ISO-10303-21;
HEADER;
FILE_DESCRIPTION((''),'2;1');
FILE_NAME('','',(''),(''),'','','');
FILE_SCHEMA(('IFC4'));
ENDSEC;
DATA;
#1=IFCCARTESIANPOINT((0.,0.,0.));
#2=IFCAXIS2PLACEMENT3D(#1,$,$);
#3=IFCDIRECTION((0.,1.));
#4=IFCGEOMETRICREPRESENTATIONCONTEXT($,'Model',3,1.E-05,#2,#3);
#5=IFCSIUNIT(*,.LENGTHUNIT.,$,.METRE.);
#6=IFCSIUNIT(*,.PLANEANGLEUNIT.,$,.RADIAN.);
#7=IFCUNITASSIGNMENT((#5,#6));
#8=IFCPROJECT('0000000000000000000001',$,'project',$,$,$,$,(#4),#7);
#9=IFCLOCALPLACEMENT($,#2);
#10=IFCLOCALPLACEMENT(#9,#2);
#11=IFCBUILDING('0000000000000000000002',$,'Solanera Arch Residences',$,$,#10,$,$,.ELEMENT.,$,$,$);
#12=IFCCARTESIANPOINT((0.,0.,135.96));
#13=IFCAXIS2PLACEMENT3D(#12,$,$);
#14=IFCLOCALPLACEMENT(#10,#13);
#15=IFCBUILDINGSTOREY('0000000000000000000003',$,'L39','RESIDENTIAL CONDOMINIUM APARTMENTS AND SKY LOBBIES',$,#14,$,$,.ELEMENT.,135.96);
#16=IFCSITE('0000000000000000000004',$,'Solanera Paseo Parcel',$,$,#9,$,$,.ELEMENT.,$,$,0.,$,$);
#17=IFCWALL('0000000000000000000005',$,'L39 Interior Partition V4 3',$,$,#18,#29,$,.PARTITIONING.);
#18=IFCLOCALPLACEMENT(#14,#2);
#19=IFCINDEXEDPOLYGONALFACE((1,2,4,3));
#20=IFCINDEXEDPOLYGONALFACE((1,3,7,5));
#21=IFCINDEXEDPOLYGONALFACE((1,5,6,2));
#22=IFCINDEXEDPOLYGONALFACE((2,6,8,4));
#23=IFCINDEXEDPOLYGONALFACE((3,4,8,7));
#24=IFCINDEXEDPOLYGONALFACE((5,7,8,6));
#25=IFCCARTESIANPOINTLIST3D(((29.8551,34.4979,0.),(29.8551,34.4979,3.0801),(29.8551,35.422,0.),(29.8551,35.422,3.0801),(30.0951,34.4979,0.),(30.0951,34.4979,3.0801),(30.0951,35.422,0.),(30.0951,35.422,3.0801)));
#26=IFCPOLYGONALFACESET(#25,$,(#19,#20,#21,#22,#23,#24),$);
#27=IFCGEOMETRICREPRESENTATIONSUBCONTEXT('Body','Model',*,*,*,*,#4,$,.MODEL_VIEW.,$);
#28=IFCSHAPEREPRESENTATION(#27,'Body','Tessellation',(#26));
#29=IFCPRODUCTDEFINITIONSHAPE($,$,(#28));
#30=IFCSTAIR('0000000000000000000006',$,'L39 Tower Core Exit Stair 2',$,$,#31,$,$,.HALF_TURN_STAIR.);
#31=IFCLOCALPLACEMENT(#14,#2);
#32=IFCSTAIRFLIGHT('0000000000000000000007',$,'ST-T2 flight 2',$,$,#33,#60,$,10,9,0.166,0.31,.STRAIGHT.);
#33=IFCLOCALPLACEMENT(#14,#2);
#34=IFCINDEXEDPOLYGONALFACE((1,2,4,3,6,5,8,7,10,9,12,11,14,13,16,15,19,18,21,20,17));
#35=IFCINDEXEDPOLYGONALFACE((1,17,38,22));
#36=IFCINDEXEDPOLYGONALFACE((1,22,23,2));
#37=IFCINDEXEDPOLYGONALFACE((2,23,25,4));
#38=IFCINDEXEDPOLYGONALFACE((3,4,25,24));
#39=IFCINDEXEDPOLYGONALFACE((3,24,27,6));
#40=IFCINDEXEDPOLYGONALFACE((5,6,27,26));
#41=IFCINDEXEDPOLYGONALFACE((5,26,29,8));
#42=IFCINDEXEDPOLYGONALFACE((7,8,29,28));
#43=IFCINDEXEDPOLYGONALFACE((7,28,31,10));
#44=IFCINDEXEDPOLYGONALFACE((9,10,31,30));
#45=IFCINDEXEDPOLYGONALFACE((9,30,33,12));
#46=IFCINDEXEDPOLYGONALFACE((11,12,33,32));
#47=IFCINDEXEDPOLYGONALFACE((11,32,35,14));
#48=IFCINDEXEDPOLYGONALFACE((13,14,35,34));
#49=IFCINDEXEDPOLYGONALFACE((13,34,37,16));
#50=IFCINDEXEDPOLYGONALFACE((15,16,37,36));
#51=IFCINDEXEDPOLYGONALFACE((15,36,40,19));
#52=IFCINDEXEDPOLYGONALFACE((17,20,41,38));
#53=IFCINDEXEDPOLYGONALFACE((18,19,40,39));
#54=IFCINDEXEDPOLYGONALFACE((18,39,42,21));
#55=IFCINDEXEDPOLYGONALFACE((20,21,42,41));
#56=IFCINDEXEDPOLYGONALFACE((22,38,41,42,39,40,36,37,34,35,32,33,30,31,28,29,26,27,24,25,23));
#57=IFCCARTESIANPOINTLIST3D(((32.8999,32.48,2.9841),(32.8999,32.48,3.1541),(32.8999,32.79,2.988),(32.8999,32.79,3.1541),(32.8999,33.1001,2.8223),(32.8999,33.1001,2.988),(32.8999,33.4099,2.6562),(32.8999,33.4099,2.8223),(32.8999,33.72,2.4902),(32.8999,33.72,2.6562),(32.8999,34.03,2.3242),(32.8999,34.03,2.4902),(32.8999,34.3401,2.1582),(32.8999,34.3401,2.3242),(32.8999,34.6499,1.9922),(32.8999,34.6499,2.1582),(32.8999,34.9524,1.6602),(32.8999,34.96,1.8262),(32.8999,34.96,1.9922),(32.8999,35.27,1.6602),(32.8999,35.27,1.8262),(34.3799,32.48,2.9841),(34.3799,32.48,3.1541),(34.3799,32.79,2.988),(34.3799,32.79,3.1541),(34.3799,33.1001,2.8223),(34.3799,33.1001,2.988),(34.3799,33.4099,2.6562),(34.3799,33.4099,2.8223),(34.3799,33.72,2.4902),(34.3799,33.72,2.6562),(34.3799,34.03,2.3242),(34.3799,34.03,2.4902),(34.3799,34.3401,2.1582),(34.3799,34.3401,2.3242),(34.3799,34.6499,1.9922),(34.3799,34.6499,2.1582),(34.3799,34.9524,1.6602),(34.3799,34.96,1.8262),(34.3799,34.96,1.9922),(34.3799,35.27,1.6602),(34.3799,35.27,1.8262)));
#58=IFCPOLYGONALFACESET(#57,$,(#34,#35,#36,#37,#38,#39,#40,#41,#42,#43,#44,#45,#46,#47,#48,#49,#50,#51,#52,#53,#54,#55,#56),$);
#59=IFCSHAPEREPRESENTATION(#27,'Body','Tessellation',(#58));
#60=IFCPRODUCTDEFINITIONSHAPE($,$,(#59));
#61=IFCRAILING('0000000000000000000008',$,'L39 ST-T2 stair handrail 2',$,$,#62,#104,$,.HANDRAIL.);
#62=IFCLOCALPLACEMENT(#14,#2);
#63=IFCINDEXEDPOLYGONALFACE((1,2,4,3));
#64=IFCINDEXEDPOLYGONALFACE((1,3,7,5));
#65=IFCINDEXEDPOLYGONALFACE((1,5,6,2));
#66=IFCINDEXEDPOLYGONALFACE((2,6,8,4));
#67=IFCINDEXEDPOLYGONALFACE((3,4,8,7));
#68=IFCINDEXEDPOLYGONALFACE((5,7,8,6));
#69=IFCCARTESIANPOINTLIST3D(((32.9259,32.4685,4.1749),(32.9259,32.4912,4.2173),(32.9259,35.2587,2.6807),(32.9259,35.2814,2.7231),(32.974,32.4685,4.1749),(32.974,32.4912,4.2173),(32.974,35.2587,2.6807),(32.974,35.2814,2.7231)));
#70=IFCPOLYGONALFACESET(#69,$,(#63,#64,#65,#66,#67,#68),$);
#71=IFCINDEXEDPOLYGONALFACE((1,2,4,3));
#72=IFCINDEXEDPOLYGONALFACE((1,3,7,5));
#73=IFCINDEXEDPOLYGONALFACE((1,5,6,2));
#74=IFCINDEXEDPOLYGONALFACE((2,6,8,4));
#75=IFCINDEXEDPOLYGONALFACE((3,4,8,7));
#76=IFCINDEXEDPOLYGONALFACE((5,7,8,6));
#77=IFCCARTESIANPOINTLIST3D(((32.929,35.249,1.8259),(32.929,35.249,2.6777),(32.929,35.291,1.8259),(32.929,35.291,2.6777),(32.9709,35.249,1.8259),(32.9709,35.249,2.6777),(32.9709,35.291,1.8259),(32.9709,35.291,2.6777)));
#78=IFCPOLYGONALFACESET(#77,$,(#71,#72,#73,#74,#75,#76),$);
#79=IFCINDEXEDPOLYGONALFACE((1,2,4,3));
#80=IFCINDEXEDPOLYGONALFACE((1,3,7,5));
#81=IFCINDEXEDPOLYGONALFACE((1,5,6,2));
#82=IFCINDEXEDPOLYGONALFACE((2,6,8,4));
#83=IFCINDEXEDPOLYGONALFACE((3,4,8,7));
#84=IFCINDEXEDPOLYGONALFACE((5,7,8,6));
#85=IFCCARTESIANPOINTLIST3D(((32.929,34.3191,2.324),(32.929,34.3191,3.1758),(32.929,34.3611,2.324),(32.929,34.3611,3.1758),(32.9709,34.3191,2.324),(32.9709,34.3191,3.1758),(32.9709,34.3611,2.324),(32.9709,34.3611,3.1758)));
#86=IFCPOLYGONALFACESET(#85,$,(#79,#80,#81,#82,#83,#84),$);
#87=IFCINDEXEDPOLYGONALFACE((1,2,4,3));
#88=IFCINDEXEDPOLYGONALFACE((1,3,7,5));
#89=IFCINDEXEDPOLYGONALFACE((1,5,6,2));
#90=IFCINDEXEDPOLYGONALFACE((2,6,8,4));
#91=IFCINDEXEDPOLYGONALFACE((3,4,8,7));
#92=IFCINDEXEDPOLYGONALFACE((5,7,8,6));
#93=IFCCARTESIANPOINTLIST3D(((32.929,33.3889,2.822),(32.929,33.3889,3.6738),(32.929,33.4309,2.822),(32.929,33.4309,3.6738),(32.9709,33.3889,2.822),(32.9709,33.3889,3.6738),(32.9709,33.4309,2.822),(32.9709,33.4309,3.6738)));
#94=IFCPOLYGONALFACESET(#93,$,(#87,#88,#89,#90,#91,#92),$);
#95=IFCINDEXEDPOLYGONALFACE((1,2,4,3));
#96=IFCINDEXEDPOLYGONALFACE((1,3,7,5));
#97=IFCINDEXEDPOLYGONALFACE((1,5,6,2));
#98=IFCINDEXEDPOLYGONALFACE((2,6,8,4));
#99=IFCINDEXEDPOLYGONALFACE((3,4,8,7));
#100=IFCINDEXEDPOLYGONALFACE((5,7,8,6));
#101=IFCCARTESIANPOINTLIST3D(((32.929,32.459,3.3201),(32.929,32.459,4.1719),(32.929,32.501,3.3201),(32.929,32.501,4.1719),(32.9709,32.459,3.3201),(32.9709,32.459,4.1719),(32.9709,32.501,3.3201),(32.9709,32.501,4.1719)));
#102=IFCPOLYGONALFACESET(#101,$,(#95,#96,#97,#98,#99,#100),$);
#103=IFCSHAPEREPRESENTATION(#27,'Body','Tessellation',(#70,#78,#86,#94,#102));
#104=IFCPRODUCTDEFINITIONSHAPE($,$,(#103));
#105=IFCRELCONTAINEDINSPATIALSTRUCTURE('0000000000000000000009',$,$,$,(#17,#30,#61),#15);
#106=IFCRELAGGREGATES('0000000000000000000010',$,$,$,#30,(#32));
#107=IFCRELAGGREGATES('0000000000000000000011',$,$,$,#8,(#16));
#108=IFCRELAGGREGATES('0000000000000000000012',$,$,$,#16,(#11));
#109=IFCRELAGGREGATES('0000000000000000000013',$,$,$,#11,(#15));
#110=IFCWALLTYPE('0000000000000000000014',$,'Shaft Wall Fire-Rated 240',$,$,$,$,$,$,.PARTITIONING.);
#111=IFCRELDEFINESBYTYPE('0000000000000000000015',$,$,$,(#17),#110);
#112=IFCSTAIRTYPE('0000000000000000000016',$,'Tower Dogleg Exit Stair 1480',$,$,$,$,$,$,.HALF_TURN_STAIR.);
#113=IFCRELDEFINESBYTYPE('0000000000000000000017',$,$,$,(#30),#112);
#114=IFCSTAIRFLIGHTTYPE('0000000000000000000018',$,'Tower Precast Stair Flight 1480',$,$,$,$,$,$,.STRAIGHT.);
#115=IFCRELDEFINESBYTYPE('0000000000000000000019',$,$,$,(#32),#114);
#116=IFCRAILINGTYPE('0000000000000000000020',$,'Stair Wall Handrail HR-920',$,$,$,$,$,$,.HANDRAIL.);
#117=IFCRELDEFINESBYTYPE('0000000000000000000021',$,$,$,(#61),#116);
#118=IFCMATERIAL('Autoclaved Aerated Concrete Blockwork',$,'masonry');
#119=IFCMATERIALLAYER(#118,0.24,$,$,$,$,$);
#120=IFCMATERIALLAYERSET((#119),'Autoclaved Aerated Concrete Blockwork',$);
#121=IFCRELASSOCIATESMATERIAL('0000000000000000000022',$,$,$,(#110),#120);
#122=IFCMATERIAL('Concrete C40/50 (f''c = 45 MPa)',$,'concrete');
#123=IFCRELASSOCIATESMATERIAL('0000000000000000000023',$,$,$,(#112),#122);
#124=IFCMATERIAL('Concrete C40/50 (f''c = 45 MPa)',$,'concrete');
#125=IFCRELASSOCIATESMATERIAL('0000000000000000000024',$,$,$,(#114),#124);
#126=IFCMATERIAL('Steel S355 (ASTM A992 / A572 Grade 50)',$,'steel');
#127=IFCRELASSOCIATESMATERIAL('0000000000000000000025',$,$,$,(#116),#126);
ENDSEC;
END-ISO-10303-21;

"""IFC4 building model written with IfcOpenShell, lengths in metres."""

from ifc_helpers import new_model, si_unit, direction, frame, frame_2d, origin, origin_2d, place, context, subcontext, project, spatial, polyline, rectangle, outline, extrude, material, layer, layer_set, type_object, element, aggregate, save


model = new_model("IFC4")

# Units and contexts
model_context = context("Model", 3, precision=1e-05, world=origin(), true_north=direction((0.0, 1.0)))
body_context = subcontext(model_context, "Body", "Model", "MODEL_VIEW")
ifc_project = project(units=[si_unit("LENGTHUNIT", "METRE"), si_unit("PLANEANGLEUNIT", "RADIAN")], contexts=[model_context])

# Site, building, storey
site_placement = place(None, origin())
site = spatial("IfcSite", under=ifc_project, at=site_placement, Name="Solanera Paseo Parcel", CompositionType="ELEMENT", RefElevation=0.0)
building_placement = place(site_placement, origin())
building = spatial("IfcBuilding", under=site, at=building_placement, Name="Solanera Arch Residences", CompositionType="ELEMENT")
storey_placement = place(building_placement, frame((0.0, 0.0, 135.96)))
storey = spatial("IfcBuildingStorey", under=building, at=storey_placement, Name="L39", Description="RESIDENTIAL CONDOMINIUM APARTMENTS AND SKY LOBBIES", CompositionType="ELEMENT", Elevation=135.96)

# Shared definitions
ifc_material_1 = material(Name="Autoclaved Aerated Concrete Blockwork", Category="masonry")
ifc_layer_1 = layer(ifc_material_1, 0.24)
ifc_layer_set_1 = layer_set([ifc_layer_1], Name="Autoclaved Aerated Concrete Blockwork")
wall_type_1 = type_object("IfcWallType", Name="Shaft Wall Fire-Rated 240", PredefinedType="PARTITIONING", material=ifc_layer_set_1)

# Wall
wall_1_placement = place(storey_placement, frame((29.9751, 34.498, 0.0), z_axis=(0.0, 0.0, 1.0), x_axis=(0.0, 1.0, 0.0)))
element("IfcWall", 1, at=wall_1_placement, inside=storey, type_object=wall_type_1, Name="L39 Interior Partition V4 3", PredefinedType="PARTITIONING", context=body_context, shape_type="SweptSolid", body=[
    extrude(rectangle(XDim=0.9241, YDim=0.24, at=frame_2d((0.4619, 0.0))), origin(), (0.0, 0.0, 1.0), 3.0801),
])

# Stair, stair flight
ifc_material_2 = material(Name="Concrete C40/50 (f'c = 45 MPa)", Category="concrete")
stair_type = type_object("IfcStairType", Name="Tower Dogleg Exit Stair 1480", PredefinedType="HALF_TURN_STAIR", material=ifc_material_2)
stair_placement = place(storey_placement, origin())
stair = element("IfcStair", 2, at=stair_placement, inside=storey, type_object=stair_type, Name="L39 Tower Core Exit Stair 2", PredefinedType="HALF_TURN_STAIR")
ifc_material_3 = material(Name="Concrete C40/50 (f'c = 45 MPa)", Category="concrete")
stair_flight_type = type_object("IfcStairFlightType", Name="Tower Precast Stair Flight 1480", PredefinedType="STRAIGHT", material=ifc_material_3)
stair_flight_placement = place(storey_placement, frame((33.6399, 35.27, 1.6602), z_axis=(0.0, 0.0, 1.0), x_axis=(0.0, -1.0, 0.0)))
stair_flight = element("IfcStairFlight", 3, at=stair_flight_placement, type_object=stair_flight_type, Name="ST-T2 flight 2", NumberOfRisers=10, NumberOfTreads=9, PredefinedType="STRAIGHT", RiserHeight=0.166, TreadLength=0.31, context=body_context, shape_type="SweptSolid", body=[
    extrude(outline(polyline([(0.0, 0.0), (0.0, 0.166), (0.3101, 0.166), (0.3101, 0.332), (0.6201, 0.332), (0.6201, 0.498), (0.9299, 0.498), (0.9299, 0.6641), (1.24, 0.6641), (1.24, 0.8301), (1.55, 0.8301), (1.55, 0.9961), (1.8601, 0.9961), (1.8601, 1.1621), (2.1699, 1.1621), (2.1699, 1.3279), (2.48, 1.3279), (2.48, 1.4939), (2.79, 1.4939), (2.79, 1.6599), (2.79, 1.324), (0.3176, 0.0), (0.0, 0.0)])), frame((0.0, 0.74, 0.0), z_axis=(0.0, -1.0, 0.0), x_axis=(1.0, 0.0, 0.0)), (0.0, 0.0, 1.0), 1.48),
])
aggregate(stair, [stair_flight])

# Railing
ifc_material_4 = material(Name="Steel S355 (ASTM A992 / A572 Grade 50)", Category="steel")
railing_type = type_object("IfcRailingType", Name="Stair Wall Handrail HR-920", PredefinedType="HANDRAIL", material=ifc_material_4)
railing_placement = place(storey_placement, frame((32.95, 35.27, 1.8259)))
element("IfcRailing", 4, at=railing_placement, inside=storey, type_object=railing_type, Name="L39 ST-T2 stair handrail 2", PredefinedType="HANDRAIL", context=body_context, shape_type="SweptSolid", body=[
    extrude(rectangle(XDim=0.0481, YDim=0.0481, at=origin_2d()), frame((0.0, 0.0, 0.876), z_axis=(0.0, -0.881549, 0.472093), x_axis=(1.0, 0.0, 0.0)), (0.0, 0.0, 1.0), 3.165),
    extrude(rectangle(XDim=0.042, YDim=0.042, at=origin_2d()), origin(), (0.0, 0.0, 1.0), 0.8518),
    extrude(rectangle(XDim=0.042, YDim=0.042, at=origin_2d()), frame((0.0, -0.9299, 0.498)), (0.0, 0.0, 1.0), 0.8518),
    extrude(rectangle(XDim=0.042, YDim=0.042, at=origin_2d()), frame((0.0, -1.8601, 0.9961)), (0.0, 0.0, 1.0), 0.8518),
    extrude(rectangle(XDim=0.042, YDim=0.042, at=origin_2d()), frame((0.0, -2.79, 1.4941)), (0.0, 0.0, 1.0), 0.8518),
])

save(model, "model.ifc")
